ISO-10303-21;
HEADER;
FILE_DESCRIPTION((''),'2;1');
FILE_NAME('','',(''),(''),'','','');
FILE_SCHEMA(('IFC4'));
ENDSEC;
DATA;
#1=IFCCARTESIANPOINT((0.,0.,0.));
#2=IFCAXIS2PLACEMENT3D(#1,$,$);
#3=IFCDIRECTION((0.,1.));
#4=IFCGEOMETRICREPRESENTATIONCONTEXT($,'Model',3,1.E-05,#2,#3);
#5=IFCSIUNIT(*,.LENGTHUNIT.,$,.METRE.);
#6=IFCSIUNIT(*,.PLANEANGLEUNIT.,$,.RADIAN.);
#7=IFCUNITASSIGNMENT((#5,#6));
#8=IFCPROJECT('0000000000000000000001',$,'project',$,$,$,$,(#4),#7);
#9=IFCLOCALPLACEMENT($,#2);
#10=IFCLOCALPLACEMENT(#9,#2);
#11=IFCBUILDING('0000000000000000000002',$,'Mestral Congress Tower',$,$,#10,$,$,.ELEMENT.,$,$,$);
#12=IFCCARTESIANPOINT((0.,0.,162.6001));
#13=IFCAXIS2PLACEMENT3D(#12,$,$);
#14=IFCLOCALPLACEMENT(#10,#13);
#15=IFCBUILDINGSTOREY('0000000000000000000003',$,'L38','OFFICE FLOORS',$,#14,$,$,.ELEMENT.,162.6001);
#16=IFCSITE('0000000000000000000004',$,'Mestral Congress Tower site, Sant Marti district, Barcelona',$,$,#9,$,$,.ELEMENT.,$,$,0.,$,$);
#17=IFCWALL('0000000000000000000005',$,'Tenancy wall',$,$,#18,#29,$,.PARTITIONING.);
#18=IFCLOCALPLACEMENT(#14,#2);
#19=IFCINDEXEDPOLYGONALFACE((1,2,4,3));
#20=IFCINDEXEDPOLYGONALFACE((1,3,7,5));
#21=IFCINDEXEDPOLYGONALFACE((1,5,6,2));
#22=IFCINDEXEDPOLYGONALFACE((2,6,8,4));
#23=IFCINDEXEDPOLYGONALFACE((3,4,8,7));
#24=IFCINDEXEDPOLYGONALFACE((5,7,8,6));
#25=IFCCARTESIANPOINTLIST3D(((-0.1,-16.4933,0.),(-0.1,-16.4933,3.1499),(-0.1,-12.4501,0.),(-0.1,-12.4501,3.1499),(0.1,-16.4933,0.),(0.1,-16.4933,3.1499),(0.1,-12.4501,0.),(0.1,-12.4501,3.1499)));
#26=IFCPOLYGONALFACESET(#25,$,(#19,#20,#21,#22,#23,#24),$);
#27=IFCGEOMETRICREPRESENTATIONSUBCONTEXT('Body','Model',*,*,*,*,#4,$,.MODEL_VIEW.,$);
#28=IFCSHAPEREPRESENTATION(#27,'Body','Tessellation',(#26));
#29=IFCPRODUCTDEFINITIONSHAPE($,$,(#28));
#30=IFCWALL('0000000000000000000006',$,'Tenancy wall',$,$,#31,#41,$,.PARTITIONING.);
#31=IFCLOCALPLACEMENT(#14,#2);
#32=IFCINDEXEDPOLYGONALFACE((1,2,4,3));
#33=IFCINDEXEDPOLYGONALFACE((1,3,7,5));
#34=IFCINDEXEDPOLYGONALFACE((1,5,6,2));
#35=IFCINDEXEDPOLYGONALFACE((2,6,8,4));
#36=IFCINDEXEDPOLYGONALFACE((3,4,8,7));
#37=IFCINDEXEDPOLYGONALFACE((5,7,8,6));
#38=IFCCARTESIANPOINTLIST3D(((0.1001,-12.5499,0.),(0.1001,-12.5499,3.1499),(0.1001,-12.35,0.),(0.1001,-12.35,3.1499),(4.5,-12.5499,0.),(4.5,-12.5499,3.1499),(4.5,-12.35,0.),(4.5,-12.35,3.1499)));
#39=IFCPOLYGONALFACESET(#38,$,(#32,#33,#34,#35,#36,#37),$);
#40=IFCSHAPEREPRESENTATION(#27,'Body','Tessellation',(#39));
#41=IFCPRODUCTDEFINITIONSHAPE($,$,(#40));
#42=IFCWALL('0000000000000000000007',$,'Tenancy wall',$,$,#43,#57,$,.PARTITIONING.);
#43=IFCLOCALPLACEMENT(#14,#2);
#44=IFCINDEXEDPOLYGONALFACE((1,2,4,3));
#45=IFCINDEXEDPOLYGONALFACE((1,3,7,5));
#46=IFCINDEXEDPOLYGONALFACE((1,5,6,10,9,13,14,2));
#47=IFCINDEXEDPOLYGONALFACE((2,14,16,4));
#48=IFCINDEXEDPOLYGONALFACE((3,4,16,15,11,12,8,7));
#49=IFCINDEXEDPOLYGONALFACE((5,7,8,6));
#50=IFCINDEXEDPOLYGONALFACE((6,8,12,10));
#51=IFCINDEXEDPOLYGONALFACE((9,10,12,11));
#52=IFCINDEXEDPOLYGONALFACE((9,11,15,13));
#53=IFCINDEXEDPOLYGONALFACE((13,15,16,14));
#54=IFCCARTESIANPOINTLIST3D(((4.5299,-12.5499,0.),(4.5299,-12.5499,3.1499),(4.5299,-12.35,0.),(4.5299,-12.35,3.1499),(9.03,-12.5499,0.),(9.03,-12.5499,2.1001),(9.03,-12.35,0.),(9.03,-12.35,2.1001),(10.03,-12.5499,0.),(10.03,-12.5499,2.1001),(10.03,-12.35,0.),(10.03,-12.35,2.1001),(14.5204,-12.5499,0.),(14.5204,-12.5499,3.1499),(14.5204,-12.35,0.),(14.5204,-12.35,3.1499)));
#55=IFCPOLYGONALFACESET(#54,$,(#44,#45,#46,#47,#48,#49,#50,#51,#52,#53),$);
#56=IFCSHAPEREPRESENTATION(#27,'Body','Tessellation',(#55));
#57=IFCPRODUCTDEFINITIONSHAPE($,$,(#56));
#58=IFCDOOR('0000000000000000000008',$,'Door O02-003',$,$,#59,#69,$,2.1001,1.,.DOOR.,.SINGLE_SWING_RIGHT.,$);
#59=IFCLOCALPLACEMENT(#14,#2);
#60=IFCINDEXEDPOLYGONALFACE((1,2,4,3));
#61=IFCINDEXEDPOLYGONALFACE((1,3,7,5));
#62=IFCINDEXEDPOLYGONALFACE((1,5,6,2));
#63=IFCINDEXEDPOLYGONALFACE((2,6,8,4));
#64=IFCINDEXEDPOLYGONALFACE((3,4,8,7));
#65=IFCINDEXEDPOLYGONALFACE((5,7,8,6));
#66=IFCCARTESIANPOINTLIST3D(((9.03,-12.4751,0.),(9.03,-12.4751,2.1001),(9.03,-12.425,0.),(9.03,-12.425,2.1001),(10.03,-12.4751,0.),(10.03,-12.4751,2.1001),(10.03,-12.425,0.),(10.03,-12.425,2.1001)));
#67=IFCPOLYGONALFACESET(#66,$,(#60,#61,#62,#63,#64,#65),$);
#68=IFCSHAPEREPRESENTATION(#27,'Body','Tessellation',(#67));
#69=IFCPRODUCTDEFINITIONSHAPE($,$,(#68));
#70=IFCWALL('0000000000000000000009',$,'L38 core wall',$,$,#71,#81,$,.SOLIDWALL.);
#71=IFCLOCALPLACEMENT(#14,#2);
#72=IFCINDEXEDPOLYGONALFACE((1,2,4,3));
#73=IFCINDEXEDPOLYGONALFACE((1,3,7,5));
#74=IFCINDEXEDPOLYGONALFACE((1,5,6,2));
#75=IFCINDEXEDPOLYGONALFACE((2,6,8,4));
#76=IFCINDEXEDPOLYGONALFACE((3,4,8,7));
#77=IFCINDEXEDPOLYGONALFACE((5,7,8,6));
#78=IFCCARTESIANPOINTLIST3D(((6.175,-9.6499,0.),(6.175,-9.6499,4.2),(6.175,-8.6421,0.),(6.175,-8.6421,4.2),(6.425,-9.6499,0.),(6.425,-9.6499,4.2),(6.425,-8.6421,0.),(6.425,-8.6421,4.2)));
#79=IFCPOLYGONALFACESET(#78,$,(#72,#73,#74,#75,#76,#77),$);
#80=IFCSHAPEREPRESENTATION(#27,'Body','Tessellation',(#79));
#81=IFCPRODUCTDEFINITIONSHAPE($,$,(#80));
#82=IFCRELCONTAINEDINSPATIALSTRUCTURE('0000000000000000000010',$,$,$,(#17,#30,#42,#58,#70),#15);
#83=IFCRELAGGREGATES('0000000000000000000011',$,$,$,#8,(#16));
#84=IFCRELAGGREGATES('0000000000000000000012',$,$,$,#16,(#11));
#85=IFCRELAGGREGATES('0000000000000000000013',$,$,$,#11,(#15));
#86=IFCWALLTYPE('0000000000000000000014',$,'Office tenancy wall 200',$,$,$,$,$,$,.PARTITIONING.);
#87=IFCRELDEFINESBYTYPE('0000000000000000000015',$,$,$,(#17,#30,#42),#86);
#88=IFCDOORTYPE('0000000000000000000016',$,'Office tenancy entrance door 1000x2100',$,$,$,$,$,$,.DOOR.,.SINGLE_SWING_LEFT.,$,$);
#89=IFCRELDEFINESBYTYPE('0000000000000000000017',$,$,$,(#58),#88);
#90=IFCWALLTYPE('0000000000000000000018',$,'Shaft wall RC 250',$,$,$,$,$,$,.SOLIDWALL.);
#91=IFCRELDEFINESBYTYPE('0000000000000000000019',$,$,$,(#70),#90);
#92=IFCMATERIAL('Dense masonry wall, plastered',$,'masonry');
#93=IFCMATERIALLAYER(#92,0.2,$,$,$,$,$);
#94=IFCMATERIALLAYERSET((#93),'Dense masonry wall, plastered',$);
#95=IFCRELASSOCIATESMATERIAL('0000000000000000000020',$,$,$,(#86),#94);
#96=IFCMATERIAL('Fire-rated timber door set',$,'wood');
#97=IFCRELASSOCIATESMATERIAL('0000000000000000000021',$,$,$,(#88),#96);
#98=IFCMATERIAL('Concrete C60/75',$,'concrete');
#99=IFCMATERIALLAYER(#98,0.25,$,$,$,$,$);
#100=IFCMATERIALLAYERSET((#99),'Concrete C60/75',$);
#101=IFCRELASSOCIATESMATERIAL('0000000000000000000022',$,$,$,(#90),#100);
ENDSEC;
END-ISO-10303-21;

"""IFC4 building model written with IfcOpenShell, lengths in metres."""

from ifc_helpers import new_model, si_unit, direction, frame, frame_2d, origin, place, context, subcontext, project, spatial, rectangle, extrude, material, layer, layer_set, type_object, element, fill, save


model = new_model("IFC4")

# Units and contexts
model_context = context("Model", 3, precision=1e-05, world=origin(), true_north=direction((0.0, 1.0)))
body_context = subcontext(model_context, "Body", "Model", "MODEL_VIEW")
ifc_project = project(units=[si_unit("LENGTHUNIT", "METRE"), si_unit("PLANEANGLEUNIT", "RADIAN")], contexts=[model_context])

# Site, building, storey
site_placement = place(None, origin())
site = spatial("IfcSite", under=ifc_project, at=site_placement, Name="Mestral Congress Tower site, Sant Marti district, Barcelona", CompositionType="ELEMENT", RefElevation=0.0)
building_placement = place(site_placement, origin())
building = spatial("IfcBuilding", under=site, at=building_placement, Name="Mestral Congress Tower", CompositionType="ELEMENT")
storey_placement = place(building_placement, frame((0.0, 0.0, 162.6001)))
storey = spatial("IfcBuildingStorey", under=building, at=storey_placement, Name="L38", Description="OFFICE FLOORS", CompositionType="ELEMENT", Elevation=162.6001)

# Shared definitions
ifc_material_1 = material(Name="Concrete C60/75", Category="concrete")

# Walls
ifc_material_2 = material(Name="Dense masonry wall, plastered", Category="masonry")
ifc_layer_1 = layer(ifc_material_2, 0.2)
ifc_layer_set_1 = layer_set([ifc_layer_1], Name="Dense masonry wall, plastered")
wall_type_1 = type_object("IfcWallType", Name="Office tenancy wall 200", PredefinedType="PARTITIONING", material=ifc_layer_set_1)
wall_1_placement = place(storey_placement, frame((0.0, -16.4932, 0.0), z_axis=(0.0, 0.0, 1.0), x_axis=(0.0, 1.0, 0.0)))
element("IfcWall", 1, at=wall_1_placement, inside=storey, type_object=wall_type_1, Name="Tenancy wall", PredefinedType="PARTITIONING", context=body_context, shape_type="SweptSolid", body=[
    extrude(rectangle(XDim=4.0432, YDim=0.2, at=frame_2d((2.0215, 0.0))), origin(), (0.0, 0.0, 1.0), 3.1499),
])
wall_2_placement = place(storey_placement, frame((0.1001, -12.45, 0.0), z_axis=(0.0, 0.0, 1.0), x_axis=(1.0, 0.0, 0.0)))
element("IfcWall", 2, at=wall_2_placement, inside=storey, type_object=wall_type_1, Name="Tenancy wall", PredefinedType="PARTITIONING", context=body_context, shape_type="SweptSolid", body=[
    extrude(rectangle(XDim=4.3999, YDim=0.2, at=frame_2d((2.2, 0.0))), origin(), (0.0, 0.0, 1.0), 3.1499),
])

# Wall, opening, door
wall_3_placement = place(storey_placement, frame((4.53, -12.45, 0.0), z_axis=(0.0, 0.0, 1.0), x_axis=(1.0, 0.0, 0.0)))
wall_3 = element("IfcWall", 3, at=wall_3_placement, inside=storey, type_object=wall_type_1, Name="Tenancy wall", PredefinedType="PARTITIONING", context=body_context, shape_type="SweptSolid", body=[
    extrude(rectangle(XDim=9.9905, YDim=0.2, at=frame_2d((4.9951, 0.0))), origin(), (0.0, 0.0, 1.0), 3.1499),
])
opening_1_placement = place(wall_3_placement, frame((4.5, 0.0, 0.0)))
opening_1 = element("IfcOpeningElement", 4, at=opening_1_placement, cuts=wall_3, PredefinedType="OPENING", context=body_context, shape_type="SweptSolid", body=[
    extrude(rectangle(XDim=1.0, YDim=2.1001, at=frame_2d((0.5, 1.05))), frame((0.0, 0.1099, 0.0), z_axis=(0.0, -1.0, 0.0), x_axis=(1.0, 0.0, 0.0)), (0.0, 0.0, 1.0), 0.22),
])
ifc_material_3 = material(Name="Fire-rated timber door set", Category="wood")
door_type_1 = type_object("IfcDoorType", Name="Office tenancy entrance door 1000x2100", OperationType="SINGLE_SWING_LEFT", PredefinedType="DOOR", material=ifc_material_3)
door_1_placement = place(opening_1_placement, origin())
door_1 = element("IfcDoor", 5, at=door_1_placement, inside=storey, type_object=door_type_1, Name="Door O02-003", OperationType="SINGLE_SWING_RIGHT", OverallHeight=2.1001, OverallWidth=1.0, PredefinedType="DOOR", context=body_context, shape_type="SweptSolid", body=[
    extrude(rectangle(XDim=1.0, YDim=2.1001, at=frame_2d((0.5, 1.05))), frame((0.0, 0.0249, 0.0), z_axis=(0.0, -1.0, 0.0), x_axis=(1.0, 0.0, 0.0)), (0.0, 0.0, 1.0), 0.05),
])
fill(opening_1, door_1)

# Wall
ifc_layer_2 = layer(ifc_material_1, 0.25)
ifc_layer_set_2 = layer_set([ifc_layer_2], Name="Concrete C60/75")
wall_type_2 = type_object("IfcWallType", Name="Shaft wall RC 250", PredefinedType="SOLIDWALL", material=ifc_layer_set_2)
wall_4_placement = place(storey_placement, frame((6.3, -9.6499, 0.0), z_axis=(0.0, 0.0, 1.0), x_axis=(0.0, 1.0, 0.0)))
element("IfcWall", 6, at=wall_4_placement, inside=storey, type_object=wall_type_2, Name="L38 core wall", PredefinedType="SOLIDWALL", context=body_context, shape_type="SweptSolid", body=[
    extrude(rectangle(XDim=1.0078, YDim=0.25, at=frame_2d((0.5039, 0.0))), origin(), (0.0, 0.0, 1.0), 4.2),
])

save(model, "model.ifc")
